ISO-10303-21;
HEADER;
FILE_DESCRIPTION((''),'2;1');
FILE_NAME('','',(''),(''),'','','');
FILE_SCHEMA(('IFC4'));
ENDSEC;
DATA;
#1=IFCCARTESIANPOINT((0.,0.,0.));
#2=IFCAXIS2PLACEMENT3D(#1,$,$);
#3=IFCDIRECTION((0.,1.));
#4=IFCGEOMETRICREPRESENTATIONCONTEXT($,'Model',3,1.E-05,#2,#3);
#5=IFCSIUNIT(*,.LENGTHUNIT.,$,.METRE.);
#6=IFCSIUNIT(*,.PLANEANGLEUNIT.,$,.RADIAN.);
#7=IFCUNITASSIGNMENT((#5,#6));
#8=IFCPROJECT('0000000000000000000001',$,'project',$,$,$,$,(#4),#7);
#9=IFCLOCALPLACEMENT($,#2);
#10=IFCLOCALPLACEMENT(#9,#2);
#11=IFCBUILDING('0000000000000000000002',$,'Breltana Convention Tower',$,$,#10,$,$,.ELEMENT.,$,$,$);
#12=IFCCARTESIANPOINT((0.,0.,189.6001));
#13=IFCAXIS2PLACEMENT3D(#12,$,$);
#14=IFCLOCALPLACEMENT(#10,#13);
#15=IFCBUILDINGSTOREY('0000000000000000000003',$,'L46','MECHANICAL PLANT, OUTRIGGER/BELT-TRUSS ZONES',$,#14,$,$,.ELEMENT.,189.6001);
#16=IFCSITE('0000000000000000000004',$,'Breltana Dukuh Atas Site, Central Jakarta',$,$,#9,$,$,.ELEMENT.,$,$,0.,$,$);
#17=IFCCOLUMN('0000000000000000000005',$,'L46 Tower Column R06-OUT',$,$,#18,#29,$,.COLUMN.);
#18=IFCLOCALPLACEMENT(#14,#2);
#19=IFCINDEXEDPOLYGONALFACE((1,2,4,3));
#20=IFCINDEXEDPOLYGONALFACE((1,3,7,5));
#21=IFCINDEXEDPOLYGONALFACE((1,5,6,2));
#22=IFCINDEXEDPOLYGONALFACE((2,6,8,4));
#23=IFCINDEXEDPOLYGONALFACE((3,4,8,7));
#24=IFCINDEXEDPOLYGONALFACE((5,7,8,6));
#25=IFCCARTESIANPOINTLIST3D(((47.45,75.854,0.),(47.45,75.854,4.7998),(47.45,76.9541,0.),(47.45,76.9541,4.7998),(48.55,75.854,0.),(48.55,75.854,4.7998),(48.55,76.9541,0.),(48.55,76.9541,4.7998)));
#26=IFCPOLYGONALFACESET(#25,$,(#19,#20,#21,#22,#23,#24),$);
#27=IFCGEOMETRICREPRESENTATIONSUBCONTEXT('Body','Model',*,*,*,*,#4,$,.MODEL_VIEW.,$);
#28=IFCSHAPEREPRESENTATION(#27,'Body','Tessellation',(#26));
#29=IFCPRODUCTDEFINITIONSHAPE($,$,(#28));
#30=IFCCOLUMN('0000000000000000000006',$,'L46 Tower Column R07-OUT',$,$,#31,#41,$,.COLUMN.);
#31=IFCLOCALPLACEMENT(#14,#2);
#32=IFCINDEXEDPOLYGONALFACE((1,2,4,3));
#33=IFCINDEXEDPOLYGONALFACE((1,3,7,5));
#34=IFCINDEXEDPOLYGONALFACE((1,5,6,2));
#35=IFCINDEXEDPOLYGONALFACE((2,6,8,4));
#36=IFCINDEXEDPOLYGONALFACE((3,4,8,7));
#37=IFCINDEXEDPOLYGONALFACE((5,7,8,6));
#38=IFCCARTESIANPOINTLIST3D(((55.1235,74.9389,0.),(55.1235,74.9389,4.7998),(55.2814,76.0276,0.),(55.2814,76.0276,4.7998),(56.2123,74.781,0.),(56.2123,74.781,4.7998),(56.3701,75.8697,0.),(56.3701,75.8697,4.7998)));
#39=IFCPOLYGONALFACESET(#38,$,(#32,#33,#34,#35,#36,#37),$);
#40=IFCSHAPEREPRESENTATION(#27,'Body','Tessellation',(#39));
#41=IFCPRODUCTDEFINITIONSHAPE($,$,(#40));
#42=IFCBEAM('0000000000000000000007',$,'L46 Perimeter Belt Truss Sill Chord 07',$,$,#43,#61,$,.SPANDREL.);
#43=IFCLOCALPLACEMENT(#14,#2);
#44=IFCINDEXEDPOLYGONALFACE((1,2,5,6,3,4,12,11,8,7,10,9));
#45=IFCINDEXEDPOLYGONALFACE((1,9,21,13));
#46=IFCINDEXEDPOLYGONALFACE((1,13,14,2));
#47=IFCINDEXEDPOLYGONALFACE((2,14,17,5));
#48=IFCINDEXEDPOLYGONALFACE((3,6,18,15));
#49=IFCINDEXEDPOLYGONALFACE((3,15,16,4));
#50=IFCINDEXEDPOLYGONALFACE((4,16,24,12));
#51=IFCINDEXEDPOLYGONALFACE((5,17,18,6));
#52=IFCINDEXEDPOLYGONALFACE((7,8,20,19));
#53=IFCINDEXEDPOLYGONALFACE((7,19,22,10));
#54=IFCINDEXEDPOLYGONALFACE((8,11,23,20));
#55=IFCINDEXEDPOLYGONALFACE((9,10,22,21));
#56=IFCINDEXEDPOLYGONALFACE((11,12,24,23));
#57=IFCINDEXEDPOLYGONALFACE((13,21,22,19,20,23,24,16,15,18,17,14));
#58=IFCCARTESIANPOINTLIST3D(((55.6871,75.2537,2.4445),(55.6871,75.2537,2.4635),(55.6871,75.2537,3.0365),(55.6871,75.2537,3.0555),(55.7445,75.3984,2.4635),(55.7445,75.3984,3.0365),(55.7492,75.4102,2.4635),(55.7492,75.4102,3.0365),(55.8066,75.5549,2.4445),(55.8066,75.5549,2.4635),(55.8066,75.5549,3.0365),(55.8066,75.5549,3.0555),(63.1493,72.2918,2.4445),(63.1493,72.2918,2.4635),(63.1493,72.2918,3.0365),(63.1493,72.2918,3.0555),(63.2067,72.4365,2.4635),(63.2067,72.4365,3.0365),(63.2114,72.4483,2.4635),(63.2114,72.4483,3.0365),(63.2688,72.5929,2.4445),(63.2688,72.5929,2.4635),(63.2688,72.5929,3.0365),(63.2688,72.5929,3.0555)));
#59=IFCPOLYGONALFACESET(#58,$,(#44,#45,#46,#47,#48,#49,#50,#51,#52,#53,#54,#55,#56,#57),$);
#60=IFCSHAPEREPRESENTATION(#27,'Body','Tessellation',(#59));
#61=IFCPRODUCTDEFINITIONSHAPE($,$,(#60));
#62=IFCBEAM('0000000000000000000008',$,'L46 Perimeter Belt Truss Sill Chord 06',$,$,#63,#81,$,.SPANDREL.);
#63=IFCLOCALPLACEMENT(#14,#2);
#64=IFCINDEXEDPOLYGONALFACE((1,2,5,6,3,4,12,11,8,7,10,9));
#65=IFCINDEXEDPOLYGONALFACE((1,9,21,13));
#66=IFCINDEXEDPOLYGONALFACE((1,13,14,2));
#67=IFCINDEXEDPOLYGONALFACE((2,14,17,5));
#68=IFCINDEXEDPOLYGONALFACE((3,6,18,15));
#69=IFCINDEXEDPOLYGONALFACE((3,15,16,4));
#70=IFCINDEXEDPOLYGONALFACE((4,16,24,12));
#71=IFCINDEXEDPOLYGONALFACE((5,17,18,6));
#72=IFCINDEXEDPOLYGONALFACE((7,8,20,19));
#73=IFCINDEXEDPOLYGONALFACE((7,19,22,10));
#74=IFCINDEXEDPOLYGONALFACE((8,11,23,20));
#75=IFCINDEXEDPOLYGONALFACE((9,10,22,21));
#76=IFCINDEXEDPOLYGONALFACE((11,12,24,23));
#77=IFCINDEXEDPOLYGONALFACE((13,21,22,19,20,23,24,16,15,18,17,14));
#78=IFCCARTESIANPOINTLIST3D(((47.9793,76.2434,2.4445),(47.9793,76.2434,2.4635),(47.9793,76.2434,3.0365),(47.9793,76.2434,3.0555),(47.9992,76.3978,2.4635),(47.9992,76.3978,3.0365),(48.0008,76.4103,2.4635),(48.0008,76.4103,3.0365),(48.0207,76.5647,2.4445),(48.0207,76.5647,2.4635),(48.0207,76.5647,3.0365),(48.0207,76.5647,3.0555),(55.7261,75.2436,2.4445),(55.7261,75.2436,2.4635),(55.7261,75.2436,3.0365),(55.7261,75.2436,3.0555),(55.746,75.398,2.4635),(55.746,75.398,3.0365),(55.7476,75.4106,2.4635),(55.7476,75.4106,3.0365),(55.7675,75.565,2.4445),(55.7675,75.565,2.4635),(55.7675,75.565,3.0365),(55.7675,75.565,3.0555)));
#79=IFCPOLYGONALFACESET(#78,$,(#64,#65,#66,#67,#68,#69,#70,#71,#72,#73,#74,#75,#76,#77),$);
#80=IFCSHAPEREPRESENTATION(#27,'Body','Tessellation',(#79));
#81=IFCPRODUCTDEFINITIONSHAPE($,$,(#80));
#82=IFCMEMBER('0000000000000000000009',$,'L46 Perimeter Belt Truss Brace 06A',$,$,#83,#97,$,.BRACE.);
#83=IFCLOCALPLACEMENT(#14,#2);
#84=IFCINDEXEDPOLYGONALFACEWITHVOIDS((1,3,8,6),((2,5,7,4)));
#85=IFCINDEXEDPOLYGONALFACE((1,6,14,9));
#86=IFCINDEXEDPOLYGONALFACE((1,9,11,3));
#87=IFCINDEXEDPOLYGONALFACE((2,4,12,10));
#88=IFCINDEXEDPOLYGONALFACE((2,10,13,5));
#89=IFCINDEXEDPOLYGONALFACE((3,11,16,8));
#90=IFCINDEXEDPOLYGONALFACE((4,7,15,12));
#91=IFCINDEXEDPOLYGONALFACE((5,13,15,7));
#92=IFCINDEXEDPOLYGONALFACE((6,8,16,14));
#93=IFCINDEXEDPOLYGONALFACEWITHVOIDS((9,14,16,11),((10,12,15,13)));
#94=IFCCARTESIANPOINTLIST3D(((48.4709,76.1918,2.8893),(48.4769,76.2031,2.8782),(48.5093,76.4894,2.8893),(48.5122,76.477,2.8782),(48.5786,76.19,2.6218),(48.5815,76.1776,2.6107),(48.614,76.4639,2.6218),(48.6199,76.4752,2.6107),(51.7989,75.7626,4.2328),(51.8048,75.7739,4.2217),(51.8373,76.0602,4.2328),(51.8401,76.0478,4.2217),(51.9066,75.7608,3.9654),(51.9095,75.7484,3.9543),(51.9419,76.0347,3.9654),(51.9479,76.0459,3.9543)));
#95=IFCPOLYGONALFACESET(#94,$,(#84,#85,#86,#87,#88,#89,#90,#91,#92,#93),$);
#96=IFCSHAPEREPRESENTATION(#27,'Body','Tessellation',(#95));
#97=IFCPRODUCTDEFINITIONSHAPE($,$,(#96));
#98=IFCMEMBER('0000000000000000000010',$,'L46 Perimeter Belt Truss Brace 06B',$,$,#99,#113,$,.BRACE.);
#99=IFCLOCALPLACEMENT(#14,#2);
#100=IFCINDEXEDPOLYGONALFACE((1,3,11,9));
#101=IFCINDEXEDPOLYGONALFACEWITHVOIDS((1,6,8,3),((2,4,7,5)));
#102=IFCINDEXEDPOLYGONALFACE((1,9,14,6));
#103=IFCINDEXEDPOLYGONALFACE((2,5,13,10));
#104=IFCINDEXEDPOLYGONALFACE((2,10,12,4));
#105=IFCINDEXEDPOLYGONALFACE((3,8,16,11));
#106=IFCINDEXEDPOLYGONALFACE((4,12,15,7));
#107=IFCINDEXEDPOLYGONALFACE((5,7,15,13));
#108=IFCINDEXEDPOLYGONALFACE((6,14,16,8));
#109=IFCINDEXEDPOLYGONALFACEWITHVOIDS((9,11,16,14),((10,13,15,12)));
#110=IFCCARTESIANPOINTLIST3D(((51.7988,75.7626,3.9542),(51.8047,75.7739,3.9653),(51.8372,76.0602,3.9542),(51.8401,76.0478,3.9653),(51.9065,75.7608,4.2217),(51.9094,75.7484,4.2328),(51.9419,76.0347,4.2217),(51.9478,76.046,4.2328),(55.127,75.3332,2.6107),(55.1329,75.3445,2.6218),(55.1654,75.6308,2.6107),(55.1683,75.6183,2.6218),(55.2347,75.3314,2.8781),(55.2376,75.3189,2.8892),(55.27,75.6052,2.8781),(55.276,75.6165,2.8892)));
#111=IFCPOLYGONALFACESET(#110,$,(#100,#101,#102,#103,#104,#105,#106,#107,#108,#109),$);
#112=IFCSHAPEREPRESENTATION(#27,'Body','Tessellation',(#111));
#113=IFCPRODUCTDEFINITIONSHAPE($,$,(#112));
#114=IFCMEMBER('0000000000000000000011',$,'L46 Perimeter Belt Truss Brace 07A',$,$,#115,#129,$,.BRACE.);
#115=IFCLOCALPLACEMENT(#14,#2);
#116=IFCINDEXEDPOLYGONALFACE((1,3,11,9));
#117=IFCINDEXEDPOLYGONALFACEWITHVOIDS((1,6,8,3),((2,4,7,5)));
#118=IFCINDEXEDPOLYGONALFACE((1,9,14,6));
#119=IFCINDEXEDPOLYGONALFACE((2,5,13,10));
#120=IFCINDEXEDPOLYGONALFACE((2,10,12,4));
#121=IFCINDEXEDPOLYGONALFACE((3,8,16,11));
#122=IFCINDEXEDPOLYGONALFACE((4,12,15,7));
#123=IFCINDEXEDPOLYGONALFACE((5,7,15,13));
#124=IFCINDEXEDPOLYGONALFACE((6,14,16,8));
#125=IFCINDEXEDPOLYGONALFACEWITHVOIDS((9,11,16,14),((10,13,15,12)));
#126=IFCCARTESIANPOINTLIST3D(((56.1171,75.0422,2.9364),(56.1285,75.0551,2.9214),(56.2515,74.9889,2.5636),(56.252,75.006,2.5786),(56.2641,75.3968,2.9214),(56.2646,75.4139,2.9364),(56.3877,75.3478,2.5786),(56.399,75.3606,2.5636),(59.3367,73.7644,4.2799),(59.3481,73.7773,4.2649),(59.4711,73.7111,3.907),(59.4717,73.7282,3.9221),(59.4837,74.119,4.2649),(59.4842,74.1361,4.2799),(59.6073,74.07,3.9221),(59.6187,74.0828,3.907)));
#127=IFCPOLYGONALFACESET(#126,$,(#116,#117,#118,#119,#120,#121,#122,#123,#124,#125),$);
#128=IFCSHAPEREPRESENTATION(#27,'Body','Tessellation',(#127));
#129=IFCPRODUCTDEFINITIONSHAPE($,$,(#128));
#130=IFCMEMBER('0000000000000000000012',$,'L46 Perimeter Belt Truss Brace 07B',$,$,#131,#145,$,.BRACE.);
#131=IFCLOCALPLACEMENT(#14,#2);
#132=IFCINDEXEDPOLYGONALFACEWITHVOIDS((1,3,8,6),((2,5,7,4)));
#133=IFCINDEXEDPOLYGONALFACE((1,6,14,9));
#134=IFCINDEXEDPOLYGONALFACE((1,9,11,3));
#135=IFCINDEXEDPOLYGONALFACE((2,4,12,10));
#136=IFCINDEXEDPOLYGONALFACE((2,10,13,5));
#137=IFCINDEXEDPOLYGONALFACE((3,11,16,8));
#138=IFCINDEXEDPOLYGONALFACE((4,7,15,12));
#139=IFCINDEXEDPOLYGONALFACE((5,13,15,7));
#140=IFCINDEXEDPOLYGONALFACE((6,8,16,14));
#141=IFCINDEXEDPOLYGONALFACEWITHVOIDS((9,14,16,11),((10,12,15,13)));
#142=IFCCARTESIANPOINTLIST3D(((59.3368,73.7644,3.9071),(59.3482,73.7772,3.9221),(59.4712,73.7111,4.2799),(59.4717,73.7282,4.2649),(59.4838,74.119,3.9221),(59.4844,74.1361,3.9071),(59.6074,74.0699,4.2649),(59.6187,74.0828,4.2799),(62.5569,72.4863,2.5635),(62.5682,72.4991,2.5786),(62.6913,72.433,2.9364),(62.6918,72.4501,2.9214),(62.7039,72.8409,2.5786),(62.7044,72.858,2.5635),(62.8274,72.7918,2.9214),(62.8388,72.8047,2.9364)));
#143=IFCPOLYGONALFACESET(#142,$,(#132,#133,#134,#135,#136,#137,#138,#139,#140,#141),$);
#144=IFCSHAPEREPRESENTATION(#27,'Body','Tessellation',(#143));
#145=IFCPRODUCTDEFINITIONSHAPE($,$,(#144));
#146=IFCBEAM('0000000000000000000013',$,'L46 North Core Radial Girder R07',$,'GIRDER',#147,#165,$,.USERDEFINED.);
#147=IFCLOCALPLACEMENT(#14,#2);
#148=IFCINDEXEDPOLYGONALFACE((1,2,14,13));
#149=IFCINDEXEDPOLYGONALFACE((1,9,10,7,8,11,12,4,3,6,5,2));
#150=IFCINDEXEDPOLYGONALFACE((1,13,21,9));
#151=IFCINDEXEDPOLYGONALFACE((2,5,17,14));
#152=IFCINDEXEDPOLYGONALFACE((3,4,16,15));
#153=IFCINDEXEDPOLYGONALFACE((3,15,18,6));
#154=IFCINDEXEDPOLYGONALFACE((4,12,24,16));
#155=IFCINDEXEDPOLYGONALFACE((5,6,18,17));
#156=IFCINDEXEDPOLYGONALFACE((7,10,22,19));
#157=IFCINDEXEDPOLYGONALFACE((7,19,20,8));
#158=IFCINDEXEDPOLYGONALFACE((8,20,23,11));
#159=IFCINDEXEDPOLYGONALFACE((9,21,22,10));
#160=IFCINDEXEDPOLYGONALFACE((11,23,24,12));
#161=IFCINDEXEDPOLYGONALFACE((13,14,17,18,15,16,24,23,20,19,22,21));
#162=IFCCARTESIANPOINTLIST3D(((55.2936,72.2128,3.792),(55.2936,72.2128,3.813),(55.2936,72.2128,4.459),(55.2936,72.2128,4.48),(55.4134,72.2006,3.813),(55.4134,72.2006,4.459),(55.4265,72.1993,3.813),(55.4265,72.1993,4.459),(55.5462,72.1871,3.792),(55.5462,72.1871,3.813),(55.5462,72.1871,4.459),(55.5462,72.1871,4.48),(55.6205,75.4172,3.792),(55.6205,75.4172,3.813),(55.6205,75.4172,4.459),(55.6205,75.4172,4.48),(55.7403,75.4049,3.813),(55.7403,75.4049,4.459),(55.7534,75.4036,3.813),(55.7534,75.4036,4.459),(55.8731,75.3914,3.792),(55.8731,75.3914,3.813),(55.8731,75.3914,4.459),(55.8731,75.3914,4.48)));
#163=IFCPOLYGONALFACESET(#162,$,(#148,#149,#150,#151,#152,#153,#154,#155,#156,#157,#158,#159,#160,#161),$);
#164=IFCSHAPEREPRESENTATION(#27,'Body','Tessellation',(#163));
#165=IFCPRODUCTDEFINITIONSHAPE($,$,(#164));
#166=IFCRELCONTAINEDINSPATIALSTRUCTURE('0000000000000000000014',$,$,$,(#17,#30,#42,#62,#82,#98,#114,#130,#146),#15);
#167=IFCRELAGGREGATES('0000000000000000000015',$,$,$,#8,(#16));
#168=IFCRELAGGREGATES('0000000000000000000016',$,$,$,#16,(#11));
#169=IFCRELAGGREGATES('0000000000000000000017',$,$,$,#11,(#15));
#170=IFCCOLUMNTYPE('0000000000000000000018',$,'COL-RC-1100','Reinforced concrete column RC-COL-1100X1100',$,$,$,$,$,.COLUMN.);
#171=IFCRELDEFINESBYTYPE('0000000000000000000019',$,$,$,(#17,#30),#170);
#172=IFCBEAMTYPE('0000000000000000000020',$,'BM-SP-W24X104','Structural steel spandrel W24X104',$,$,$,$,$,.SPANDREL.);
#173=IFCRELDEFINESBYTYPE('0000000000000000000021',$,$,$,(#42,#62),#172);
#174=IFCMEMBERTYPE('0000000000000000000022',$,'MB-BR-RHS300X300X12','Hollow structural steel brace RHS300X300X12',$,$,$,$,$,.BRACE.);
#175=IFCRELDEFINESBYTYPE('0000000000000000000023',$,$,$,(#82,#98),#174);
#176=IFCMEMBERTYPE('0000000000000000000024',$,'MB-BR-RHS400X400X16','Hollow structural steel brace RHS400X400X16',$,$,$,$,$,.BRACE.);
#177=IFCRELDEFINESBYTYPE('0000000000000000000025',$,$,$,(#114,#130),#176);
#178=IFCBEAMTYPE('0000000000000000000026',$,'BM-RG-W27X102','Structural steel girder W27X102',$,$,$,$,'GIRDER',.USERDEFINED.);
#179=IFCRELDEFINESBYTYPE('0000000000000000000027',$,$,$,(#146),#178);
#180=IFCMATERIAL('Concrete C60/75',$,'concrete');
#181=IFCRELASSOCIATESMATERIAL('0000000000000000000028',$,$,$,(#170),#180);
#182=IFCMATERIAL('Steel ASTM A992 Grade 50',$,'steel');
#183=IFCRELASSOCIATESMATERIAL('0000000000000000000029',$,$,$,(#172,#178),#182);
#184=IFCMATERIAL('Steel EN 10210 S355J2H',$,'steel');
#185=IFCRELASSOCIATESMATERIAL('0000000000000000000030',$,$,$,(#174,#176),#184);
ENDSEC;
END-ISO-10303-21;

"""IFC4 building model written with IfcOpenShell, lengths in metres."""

from ifc_helpers import new_model, si_unit, direction, frame, origin, origin_2d, place, context, subcontext, project, spatial, rectangle, hollow_rectangle, i_section, extrude, source, transform, mapped, material, material_profile, profile_set, type_object, element, save


model = new_model("IFC4")

# Units and contexts
model_context = context("Model", 3, precision=1e-05, world=origin(), true_north=direction((0.0, 1.0)))
body_context = subcontext(model_context, "Body", "Model", "MODEL_VIEW")
ifc_project = project(units=[si_unit("LENGTHUNIT", "METRE"), si_unit("PLANEANGLEUNIT", "RADIAN")], contexts=[model_context])

# Site, building, storey
site_placement = place(None, origin())
site = spatial("IfcSite", under=ifc_project, at=site_placement, Name="Breltana Dukuh Atas Site, Central Jakarta", CompositionType="ELEMENT", RefElevation=0.0)
building_placement = place(site_placement, origin())
building = spatial("IfcBuilding", under=site, at=building_placement, Name="Breltana Convention Tower", CompositionType="ELEMENT")
storey_placement = place(building_placement, frame((0.0, 0.0, 189.6001)))
storey = spatial("IfcBuildingStorey", under=building, at=storey_placement, Name="L46", Description="MECHANICAL PLANT, OUTRIGGER/BELT-TRUSS ZONES", CompositionType="ELEMENT", Elevation=189.6001)

# Columns
ifc_material_1 = material(Name="Concrete C60/75", Category="concrete")
ifc_material_profile_1 = material_profile(ifc_material_1, rectangle(XDim=1.1001, YDim=1.1001, at=origin_2d()), Name="RC-COL-1100X1100")
ifc_profile_set_1 = profile_set([ifc_material_profile_1], Name="Concrete C60/75")
column_type = type_object("IfcColumnType", Name="COL-RC-1100", Description="Reinforced concrete column RC-COL-1100X1100", PredefinedType="COLUMN", material=ifc_profile_set_1)
shared_shape_1 = source(origin(), body_context, "Body", "SweptSolid", [
    extrude(rectangle(XDim=1.1001, YDim=1.1001, at=origin_2d()), origin(), (0.0, 0.0, 1.0), 4.7998),
])
for number, where, z_axis, x_axis, name in (
    (1, (48.0, 76.4041, 0.0), (0.0, 0.0, 1.0), (0.0, 1.0, 0.0), "L46 Tower Column R06-OUT"),
    (2, (55.7468, 75.4043, 0.0), (0.0, 0.0, 1.0), (0.143493, 0.989651, 0.0), "L46 Tower Column R07-OUT"),
):
    element("IfcColumn", number, at=place(storey_placement, frame(where, z_axis=z_axis, x_axis=x_axis)), inside=storey, type_object=column_type, Name=name, PredefinedType="COLUMN", context=body_context, shape_type="MappedRepresentation", body=[
        mapped(shared_shape_1, transform((0.0, 0.0, 0.0), scale=1.0)),
    ])

# Beams
ifc_material_2 = material(Name="Steel ASTM A992 Grade 50", Category="steel")
ifc_material_profile_2 = material_profile(ifc_material_2, i_section(OverallWidth=0.324, OverallDepth=0.6111, WebThickness=0.0127, FlangeThickness=0.019, at=origin_2d()), Name="W24X104")
ifc_profile_set_2 = profile_set([ifc_material_profile_2], Name="Steel ASTM A992 Grade 50")
beam_type_1 = type_object("IfcBeamType", Name="BM-SP-W24X104", Description="Structural steel spandrel W24X104", PredefinedType="SPANDREL", material=ifc_profile_set_2)
shared_shape_2 = source(origin(), body_context, "Body", "SweptSolid", [
    extrude(i_section(OverallWidth=0.324, OverallDepth=0.6111, WebThickness=0.0127, FlangeThickness=0.019, at=origin_2d()), origin(), (0.0, 0.0, 1.0), 8.0286),
])
beam_1_placement = place(storey_placement, frame((55.7468, 75.4043, 2.75), z_axis=(0.929459, -0.368925, 0.0), x_axis=(0.368925, 0.929459, 0.0)))
element("IfcBeam", 3, at=beam_1_placement, inside=storey, type_object=beam_type_1, Name="L46 Perimeter Belt Truss Sill Chord 07", PredefinedType="SPANDREL", context=body_context, shape_type="MappedRepresentation", body=[
    mapped(shared_shape_2, transform((0.0, 0.0, 0.0), scale=1.0)),
])
shared_shape_3 = source(origin(), body_context, "Body", "SweptSolid", [
    extrude(i_section(OverallWidth=0.324, OverallDepth=0.6111, WebThickness=0.0127, FlangeThickness=0.019, at=origin_2d()), origin(), (0.0, 0.0, 1.0), 7.811),
])
beam_2_placement = place(storey_placement, frame((48.0, 76.4041, 2.75), z_axis=(0.991775, -0.127992, 0.0), x_axis=(0.127992, 0.991775, 0.0)))
element("IfcBeam", 4, at=beam_2_placement, inside=storey, type_object=beam_type_1, Name="L46 Perimeter Belt Truss Sill Chord 06", PredefinedType="SPANDREL", context=body_context, shape_type="MappedRepresentation", body=[
    mapped(shared_shape_3, transform((0.0, 0.0, 0.0), scale=1.0)),
])

# Members
ifc_material_3 = material(Name="Steel EN 10210 S355J2H", Category="steel")
ifc_material_profile_3 = material_profile(ifc_material_3, hollow_rectangle(XDim=0.3, YDim=0.3, WallThickness=0.012, at=origin_2d()), Name="RHS300X300X12")
ifc_profile_set_3 = profile_set([ifc_material_profile_3], Name="Steel EN 10210 S355J2H")
member_type_1 = type_object("IfcMemberType", Name="MB-BR-RHS300X300X12", Description="Hollow structural steel brace RHS300X300X12", PredefinedType="BRACE", material=ifc_profile_set_3)
shared_shape_4 = source(origin(), body_context, "Body", "SweptSolid", [
    extrude(hollow_rectangle(XDim=0.3, YDim=0.3, WallThickness=0.012, at=origin_2d()), origin(), (0.0, 0.0, 1.0), 3.6145),
])
member_1_placement = place(storey_placement, frame((48.5454, 76.3335, 2.75), z_axis=(0.920724, -0.118746, 0.371707), x_axis=(0.127911, 0.991786, 0.0)))
element("IfcMember", 5, at=member_1_placement, inside=storey, type_object=member_type_1, Name="L46 Perimeter Belt Truss Brace 06A", PredefinedType="BRACE", context=body_context, shape_type="MappedRepresentation", body=[
    mapped(shared_shape_4, transform((0.0, 0.0, 0.0), scale=1.0)),
])
shared_shape_5 = source(origin(), body_context, "Body", "SweptSolid", [
    extrude(hollow_rectangle(XDim=0.3, YDim=0.3, WallThickness=0.012, at=origin_2d()), origin(), (0.0, 0.0, 1.0), 3.6147),
])
member_2_placement = place(storey_placement, frame((51.8733, 75.9043, 4.0935), z_axis=(0.920727, -0.118806, -0.371681), x_axis=(0.127974, 0.991778, 0.0)))
element("IfcMember", 6, at=member_2_placement, inside=storey, type_object=member_type_1, Name="L46 Perimeter Belt Truss Brace 06B", PredefinedType="BRACE", context=body_context, shape_type="MappedRepresentation", body=[
    mapped(shared_shape_5, transform((0.0, 0.0, 0.0), scale=1.0)),
])
ifc_material_profile_4 = material_profile(ifc_material_3, hollow_rectangle(XDim=0.3999, YDim=0.3999, WallThickness=0.0161, at=origin_2d()), Name="RHS400X400X16")
ifc_profile_set_4 = profile_set([ifc_material_profile_4], Name="Steel EN 10210 S355J2H")
member_type_2 = type_object("IfcMemberType", Name="MB-BR-RHS400X400X16", Description="Hollow structural steel brace RHS400X400X16", PredefinedType="BRACE", material=ifc_profile_set_4)
shared_shape_6 = source(origin(), body_context, "Body", "SweptSolid", [
    extrude(hollow_rectangle(XDim=0.3999, YDim=0.3999, WallThickness=0.0161, at=origin_2d()), origin(), (0.0, 0.0, 1.0), 3.7153),
])
member_3_placement = place(storey_placement, frame((56.2581, 75.2014, 2.75), z_axis=(0.86658, -0.343925, 0.361601), x_axis=(0.368886, 0.929475, 0.0)))
element("IfcMember", 7, at=member_3_placement, inside=storey, type_object=member_type_2, Name="L46 Perimeter Belt Truss Brace 07A", PredefinedType="BRACE", context=body_context, shape_type="MappedRepresentation", body=[
    mapped(shared_shape_6, transform((0.0, 0.0, 0.0), scale=1.0)),
])
shared_shape_7 = source(origin(), body_context, "Body", "SweptSolid", [
    extrude(hollow_rectangle(XDim=0.3999, YDim=0.3999, WallThickness=0.0161, at=origin_2d()), origin(), (0.0, 0.0, 1.0), 3.7158),
])
member_4_placement = place(storey_placement, frame((59.4778, 73.9236, 4.0935), z_axis=(0.866577, -0.343963, -0.361572), x_axis=(0.368923, 0.92946, 0.0)))
element("IfcMember", 8, at=member_4_placement, inside=storey, type_object=member_type_2, Name="L46 Perimeter Belt Truss Brace 07B", PredefinedType="BRACE", context=body_context, shape_type="MappedRepresentation", body=[
    mapped(shared_shape_7, transform((0.0, 0.0, 0.0), scale=1.0)),
])

# Beam
ifc_material_profile_5 = material_profile(ifc_material_2, i_section(OverallWidth=0.2539, OverallDepth=0.688, WebThickness=0.0132, FlangeThickness=0.021, at=origin_2d()), Name="W27X102")
ifc_profile_set_5 = profile_set([ifc_material_profile_5], Name="Steel ASTM A992 Grade 50")
beam_type_2 = type_object("IfcBeamType", Name="BM-RG-W27X102", Description="Structural steel girder W27X102", ElementType="GIRDER", PredefinedType="USERDEFINED", material=ifc_profile_set_5)
shared_shape_8 = source(origin(), body_context, "Body", "SweptSolid", [
    extrude(i_section(OverallWidth=0.2539, OverallDepth=0.688, WebThickness=0.0132, FlangeThickness=0.021, at=origin_2d()), origin(), (0.0, 0.0, 1.0), 3.2209),
])
beam_3_placement = place(storey_placement, frame((55.4199, 72.2, 4.136), z_axis=(0.101492, 0.994836, 0.0), x_axis=(-0.994836, 0.101492, 0.0)))
element("IfcBeam", 9, at=beam_3_placement, inside=storey, type_object=beam_type_2, Name="L46 North Core Radial Girder R07", ObjectType="GIRDER", PredefinedType="USERDEFINED", context=body_context, shape_type="MappedRepresentation", body=[
    mapped(shared_shape_8, transform((0.0, 0.0, 0.0), scale=1.0)),
])

save(model, "model.ifc")
